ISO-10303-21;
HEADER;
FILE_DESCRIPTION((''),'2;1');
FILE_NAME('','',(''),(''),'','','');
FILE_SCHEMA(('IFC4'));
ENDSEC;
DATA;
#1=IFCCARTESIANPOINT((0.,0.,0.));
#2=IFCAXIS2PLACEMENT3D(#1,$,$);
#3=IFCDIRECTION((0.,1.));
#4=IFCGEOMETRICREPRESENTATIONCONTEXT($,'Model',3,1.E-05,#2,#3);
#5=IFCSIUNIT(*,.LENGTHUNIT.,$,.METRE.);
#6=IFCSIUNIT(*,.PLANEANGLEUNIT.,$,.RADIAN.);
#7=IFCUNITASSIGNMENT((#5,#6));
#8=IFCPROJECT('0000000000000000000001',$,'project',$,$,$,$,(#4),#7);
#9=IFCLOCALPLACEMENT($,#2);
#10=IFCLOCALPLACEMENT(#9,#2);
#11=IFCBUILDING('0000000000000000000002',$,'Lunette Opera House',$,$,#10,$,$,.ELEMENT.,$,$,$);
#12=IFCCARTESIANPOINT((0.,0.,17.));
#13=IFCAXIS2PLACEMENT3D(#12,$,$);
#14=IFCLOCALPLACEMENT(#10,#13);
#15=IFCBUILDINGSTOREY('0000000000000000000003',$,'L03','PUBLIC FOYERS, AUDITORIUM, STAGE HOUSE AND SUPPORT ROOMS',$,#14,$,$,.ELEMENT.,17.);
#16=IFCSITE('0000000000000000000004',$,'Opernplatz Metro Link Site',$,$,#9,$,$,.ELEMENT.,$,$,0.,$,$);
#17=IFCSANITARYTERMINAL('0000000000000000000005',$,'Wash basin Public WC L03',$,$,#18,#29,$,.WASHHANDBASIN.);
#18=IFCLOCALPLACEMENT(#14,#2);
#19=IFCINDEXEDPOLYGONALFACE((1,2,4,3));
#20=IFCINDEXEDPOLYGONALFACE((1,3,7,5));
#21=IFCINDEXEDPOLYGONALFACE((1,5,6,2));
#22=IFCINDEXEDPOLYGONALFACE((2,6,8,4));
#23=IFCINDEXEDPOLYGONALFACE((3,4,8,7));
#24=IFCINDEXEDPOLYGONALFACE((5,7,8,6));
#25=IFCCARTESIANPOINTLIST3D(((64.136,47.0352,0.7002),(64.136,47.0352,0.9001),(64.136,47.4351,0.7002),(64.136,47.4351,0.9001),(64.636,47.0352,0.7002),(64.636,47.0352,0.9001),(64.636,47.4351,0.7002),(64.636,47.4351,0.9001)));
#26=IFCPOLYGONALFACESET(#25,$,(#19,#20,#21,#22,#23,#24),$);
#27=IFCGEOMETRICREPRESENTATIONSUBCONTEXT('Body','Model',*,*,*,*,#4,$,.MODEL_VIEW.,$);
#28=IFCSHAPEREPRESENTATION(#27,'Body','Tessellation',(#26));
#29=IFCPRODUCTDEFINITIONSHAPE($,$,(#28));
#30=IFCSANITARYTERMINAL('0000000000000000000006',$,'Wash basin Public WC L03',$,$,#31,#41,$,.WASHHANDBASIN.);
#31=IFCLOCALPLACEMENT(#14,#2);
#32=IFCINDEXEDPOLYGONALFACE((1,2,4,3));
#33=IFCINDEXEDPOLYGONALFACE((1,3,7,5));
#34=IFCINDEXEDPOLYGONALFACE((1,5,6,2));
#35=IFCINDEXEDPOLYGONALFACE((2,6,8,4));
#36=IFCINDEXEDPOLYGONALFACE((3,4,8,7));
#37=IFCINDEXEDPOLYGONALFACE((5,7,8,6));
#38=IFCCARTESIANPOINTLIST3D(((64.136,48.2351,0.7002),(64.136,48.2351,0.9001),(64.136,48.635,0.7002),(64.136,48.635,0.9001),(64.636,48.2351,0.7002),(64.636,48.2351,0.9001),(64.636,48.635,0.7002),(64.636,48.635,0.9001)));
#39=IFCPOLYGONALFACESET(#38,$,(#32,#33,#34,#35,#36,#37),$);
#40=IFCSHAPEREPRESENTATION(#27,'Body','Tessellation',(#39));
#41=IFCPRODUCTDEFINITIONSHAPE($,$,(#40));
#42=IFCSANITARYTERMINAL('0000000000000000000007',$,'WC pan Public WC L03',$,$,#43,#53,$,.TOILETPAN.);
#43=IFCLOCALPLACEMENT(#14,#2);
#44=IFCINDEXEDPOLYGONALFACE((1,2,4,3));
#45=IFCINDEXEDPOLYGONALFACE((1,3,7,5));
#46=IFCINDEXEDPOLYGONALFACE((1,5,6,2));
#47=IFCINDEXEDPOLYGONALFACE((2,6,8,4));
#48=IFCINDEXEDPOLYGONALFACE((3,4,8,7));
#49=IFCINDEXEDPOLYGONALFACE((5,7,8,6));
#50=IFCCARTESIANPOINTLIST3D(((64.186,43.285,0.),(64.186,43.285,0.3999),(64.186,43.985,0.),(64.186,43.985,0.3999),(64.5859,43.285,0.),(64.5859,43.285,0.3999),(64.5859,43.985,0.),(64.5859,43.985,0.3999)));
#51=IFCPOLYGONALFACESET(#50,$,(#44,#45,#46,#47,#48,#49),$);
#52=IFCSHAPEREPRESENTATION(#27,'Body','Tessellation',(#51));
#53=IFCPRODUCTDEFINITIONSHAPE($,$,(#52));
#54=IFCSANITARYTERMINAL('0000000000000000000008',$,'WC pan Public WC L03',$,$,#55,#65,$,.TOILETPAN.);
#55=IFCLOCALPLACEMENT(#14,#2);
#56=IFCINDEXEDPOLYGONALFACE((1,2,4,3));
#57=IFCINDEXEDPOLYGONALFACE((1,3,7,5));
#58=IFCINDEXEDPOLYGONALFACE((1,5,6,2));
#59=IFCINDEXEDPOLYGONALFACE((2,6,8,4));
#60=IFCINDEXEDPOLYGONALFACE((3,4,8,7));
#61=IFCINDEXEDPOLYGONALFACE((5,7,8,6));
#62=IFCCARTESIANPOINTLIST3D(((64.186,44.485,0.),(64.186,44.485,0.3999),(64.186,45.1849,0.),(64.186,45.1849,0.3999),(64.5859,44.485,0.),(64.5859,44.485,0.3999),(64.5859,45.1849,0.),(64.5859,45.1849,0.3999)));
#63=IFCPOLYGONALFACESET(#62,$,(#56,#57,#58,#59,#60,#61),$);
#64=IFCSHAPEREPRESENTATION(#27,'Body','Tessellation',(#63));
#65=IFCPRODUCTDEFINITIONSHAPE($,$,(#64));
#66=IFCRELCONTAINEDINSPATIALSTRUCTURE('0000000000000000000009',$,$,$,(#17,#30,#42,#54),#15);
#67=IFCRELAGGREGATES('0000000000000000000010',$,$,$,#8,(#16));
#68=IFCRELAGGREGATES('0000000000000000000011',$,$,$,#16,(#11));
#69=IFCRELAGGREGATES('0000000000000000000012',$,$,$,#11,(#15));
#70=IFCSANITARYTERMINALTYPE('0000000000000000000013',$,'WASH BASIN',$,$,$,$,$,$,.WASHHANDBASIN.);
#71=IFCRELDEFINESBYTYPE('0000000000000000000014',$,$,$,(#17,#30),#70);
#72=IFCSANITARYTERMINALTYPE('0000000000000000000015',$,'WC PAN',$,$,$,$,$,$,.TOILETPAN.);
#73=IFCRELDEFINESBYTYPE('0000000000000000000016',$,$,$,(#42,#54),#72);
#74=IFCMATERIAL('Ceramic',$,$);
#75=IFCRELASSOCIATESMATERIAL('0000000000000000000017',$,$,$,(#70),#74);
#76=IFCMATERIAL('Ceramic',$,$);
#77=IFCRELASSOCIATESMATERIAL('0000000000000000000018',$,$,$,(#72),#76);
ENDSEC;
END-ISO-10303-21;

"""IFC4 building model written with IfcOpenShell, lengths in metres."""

from ifc_helpers import new_model, si_unit, direction, frame, origin, origin_2d, place, context, subcontext, project, spatial, rectangle, extrude, material, type_object, element, save


model = new_model("IFC4")

# Units and contexts
model_context = context("Model", 3, precision=1e-05, world=origin(), true_north=direction((0.0, 1.0)))
body_context = subcontext(model_context, "Body", "Model", "MODEL_VIEW")
ifc_project = project(units=[si_unit("LENGTHUNIT", "METRE"), si_unit("PLANEANGLEUNIT", "RADIAN")], contexts=[model_context])

# Site, building, storey
site_placement = place(None, origin())
site = spatial("IfcSite", under=ifc_project, at=site_placement, Name="Opernplatz Metro Link Site", CompositionType="ELEMENT", RefElevation=0.0)
building_placement = place(site_placement, origin())
building = spatial("IfcBuilding", under=site, at=building_placement, Name="Lunette Opera House", CompositionType="ELEMENT")
storey_placement = place(building_placement, frame((0.0, 0.0, 17.0)))
storey = spatial("IfcBuildingStorey", under=building, at=storey_placement, Name="L03", Description="PUBLIC FOYERS, AUDITORIUM, STAGE HOUSE AND SUPPORT ROOMS", CompositionType="ELEMENT", Elevation=17.0)

# Sanitary terminals
ifc_material_1 = material(Name="Ceramic")
sanitary_terminal_type_1 = type_object("IfcSanitaryTerminalType", Name="WASH BASIN", PredefinedType="WASHHANDBASIN", material=ifc_material_1)
for number, where, z_axis, x_axis, name in (
    (1, (64.386, 47.2351, 0.7002), (0.0, 0.0, 1.0), (1.0, 0.0, 0.0), "Wash basin Public WC L03"),
    (2, (64.386, 48.4351, 0.7002), (0.0, 0.0, 1.0), (1.0, 0.0, 0.0), "Wash basin Public WC L03"),
):
    element("IfcSanitaryTerminal", number, at=place(storey_placement, frame(where, z_axis=z_axis, x_axis=x_axis)), inside=storey, type_object=sanitary_terminal_type_1, Name=name, PredefinedType="WASHHANDBASIN", context=body_context, shape_type="SweptSolid", body=[
        extrude(rectangle(XDim=0.5, YDim=0.3999, at=origin_2d()), origin(), (0.0, 0.0, 1.0), 0.2),
    ])
ifc_material_2 = material(Name="Ceramic")
sanitary_terminal_type_2 = type_object("IfcSanitaryTerminalType", Name="WC PAN", PredefinedType="TOILETPAN", material=ifc_material_2)
for number, where, z_axis, x_axis, name in (
    (3, (64.386, 43.635, 0.0), (0.0, 0.0, 1.0), (1.0, 0.0, 0.0), "WC pan Public WC L03"),
    (4, (64.386, 44.835, 0.0), (0.0, 0.0, 1.0), (1.0, 0.0, 0.0), "WC pan Public WC L03"),
):
    element("IfcSanitaryTerminal", number, at=place(storey_placement, frame(where, z_axis=z_axis, x_axis=x_axis)), inside=storey, type_object=sanitary_terminal_type_2, Name=name, PredefinedType="TOILETPAN", context=body_context, shape_type="SweptSolid", body=[
        extrude(rectangle(XDim=0.3999, YDim=0.7, at=origin_2d()), origin(), (0.0, 0.0, 1.0), 0.3999),
    ])

save(model, "model.ifc")
